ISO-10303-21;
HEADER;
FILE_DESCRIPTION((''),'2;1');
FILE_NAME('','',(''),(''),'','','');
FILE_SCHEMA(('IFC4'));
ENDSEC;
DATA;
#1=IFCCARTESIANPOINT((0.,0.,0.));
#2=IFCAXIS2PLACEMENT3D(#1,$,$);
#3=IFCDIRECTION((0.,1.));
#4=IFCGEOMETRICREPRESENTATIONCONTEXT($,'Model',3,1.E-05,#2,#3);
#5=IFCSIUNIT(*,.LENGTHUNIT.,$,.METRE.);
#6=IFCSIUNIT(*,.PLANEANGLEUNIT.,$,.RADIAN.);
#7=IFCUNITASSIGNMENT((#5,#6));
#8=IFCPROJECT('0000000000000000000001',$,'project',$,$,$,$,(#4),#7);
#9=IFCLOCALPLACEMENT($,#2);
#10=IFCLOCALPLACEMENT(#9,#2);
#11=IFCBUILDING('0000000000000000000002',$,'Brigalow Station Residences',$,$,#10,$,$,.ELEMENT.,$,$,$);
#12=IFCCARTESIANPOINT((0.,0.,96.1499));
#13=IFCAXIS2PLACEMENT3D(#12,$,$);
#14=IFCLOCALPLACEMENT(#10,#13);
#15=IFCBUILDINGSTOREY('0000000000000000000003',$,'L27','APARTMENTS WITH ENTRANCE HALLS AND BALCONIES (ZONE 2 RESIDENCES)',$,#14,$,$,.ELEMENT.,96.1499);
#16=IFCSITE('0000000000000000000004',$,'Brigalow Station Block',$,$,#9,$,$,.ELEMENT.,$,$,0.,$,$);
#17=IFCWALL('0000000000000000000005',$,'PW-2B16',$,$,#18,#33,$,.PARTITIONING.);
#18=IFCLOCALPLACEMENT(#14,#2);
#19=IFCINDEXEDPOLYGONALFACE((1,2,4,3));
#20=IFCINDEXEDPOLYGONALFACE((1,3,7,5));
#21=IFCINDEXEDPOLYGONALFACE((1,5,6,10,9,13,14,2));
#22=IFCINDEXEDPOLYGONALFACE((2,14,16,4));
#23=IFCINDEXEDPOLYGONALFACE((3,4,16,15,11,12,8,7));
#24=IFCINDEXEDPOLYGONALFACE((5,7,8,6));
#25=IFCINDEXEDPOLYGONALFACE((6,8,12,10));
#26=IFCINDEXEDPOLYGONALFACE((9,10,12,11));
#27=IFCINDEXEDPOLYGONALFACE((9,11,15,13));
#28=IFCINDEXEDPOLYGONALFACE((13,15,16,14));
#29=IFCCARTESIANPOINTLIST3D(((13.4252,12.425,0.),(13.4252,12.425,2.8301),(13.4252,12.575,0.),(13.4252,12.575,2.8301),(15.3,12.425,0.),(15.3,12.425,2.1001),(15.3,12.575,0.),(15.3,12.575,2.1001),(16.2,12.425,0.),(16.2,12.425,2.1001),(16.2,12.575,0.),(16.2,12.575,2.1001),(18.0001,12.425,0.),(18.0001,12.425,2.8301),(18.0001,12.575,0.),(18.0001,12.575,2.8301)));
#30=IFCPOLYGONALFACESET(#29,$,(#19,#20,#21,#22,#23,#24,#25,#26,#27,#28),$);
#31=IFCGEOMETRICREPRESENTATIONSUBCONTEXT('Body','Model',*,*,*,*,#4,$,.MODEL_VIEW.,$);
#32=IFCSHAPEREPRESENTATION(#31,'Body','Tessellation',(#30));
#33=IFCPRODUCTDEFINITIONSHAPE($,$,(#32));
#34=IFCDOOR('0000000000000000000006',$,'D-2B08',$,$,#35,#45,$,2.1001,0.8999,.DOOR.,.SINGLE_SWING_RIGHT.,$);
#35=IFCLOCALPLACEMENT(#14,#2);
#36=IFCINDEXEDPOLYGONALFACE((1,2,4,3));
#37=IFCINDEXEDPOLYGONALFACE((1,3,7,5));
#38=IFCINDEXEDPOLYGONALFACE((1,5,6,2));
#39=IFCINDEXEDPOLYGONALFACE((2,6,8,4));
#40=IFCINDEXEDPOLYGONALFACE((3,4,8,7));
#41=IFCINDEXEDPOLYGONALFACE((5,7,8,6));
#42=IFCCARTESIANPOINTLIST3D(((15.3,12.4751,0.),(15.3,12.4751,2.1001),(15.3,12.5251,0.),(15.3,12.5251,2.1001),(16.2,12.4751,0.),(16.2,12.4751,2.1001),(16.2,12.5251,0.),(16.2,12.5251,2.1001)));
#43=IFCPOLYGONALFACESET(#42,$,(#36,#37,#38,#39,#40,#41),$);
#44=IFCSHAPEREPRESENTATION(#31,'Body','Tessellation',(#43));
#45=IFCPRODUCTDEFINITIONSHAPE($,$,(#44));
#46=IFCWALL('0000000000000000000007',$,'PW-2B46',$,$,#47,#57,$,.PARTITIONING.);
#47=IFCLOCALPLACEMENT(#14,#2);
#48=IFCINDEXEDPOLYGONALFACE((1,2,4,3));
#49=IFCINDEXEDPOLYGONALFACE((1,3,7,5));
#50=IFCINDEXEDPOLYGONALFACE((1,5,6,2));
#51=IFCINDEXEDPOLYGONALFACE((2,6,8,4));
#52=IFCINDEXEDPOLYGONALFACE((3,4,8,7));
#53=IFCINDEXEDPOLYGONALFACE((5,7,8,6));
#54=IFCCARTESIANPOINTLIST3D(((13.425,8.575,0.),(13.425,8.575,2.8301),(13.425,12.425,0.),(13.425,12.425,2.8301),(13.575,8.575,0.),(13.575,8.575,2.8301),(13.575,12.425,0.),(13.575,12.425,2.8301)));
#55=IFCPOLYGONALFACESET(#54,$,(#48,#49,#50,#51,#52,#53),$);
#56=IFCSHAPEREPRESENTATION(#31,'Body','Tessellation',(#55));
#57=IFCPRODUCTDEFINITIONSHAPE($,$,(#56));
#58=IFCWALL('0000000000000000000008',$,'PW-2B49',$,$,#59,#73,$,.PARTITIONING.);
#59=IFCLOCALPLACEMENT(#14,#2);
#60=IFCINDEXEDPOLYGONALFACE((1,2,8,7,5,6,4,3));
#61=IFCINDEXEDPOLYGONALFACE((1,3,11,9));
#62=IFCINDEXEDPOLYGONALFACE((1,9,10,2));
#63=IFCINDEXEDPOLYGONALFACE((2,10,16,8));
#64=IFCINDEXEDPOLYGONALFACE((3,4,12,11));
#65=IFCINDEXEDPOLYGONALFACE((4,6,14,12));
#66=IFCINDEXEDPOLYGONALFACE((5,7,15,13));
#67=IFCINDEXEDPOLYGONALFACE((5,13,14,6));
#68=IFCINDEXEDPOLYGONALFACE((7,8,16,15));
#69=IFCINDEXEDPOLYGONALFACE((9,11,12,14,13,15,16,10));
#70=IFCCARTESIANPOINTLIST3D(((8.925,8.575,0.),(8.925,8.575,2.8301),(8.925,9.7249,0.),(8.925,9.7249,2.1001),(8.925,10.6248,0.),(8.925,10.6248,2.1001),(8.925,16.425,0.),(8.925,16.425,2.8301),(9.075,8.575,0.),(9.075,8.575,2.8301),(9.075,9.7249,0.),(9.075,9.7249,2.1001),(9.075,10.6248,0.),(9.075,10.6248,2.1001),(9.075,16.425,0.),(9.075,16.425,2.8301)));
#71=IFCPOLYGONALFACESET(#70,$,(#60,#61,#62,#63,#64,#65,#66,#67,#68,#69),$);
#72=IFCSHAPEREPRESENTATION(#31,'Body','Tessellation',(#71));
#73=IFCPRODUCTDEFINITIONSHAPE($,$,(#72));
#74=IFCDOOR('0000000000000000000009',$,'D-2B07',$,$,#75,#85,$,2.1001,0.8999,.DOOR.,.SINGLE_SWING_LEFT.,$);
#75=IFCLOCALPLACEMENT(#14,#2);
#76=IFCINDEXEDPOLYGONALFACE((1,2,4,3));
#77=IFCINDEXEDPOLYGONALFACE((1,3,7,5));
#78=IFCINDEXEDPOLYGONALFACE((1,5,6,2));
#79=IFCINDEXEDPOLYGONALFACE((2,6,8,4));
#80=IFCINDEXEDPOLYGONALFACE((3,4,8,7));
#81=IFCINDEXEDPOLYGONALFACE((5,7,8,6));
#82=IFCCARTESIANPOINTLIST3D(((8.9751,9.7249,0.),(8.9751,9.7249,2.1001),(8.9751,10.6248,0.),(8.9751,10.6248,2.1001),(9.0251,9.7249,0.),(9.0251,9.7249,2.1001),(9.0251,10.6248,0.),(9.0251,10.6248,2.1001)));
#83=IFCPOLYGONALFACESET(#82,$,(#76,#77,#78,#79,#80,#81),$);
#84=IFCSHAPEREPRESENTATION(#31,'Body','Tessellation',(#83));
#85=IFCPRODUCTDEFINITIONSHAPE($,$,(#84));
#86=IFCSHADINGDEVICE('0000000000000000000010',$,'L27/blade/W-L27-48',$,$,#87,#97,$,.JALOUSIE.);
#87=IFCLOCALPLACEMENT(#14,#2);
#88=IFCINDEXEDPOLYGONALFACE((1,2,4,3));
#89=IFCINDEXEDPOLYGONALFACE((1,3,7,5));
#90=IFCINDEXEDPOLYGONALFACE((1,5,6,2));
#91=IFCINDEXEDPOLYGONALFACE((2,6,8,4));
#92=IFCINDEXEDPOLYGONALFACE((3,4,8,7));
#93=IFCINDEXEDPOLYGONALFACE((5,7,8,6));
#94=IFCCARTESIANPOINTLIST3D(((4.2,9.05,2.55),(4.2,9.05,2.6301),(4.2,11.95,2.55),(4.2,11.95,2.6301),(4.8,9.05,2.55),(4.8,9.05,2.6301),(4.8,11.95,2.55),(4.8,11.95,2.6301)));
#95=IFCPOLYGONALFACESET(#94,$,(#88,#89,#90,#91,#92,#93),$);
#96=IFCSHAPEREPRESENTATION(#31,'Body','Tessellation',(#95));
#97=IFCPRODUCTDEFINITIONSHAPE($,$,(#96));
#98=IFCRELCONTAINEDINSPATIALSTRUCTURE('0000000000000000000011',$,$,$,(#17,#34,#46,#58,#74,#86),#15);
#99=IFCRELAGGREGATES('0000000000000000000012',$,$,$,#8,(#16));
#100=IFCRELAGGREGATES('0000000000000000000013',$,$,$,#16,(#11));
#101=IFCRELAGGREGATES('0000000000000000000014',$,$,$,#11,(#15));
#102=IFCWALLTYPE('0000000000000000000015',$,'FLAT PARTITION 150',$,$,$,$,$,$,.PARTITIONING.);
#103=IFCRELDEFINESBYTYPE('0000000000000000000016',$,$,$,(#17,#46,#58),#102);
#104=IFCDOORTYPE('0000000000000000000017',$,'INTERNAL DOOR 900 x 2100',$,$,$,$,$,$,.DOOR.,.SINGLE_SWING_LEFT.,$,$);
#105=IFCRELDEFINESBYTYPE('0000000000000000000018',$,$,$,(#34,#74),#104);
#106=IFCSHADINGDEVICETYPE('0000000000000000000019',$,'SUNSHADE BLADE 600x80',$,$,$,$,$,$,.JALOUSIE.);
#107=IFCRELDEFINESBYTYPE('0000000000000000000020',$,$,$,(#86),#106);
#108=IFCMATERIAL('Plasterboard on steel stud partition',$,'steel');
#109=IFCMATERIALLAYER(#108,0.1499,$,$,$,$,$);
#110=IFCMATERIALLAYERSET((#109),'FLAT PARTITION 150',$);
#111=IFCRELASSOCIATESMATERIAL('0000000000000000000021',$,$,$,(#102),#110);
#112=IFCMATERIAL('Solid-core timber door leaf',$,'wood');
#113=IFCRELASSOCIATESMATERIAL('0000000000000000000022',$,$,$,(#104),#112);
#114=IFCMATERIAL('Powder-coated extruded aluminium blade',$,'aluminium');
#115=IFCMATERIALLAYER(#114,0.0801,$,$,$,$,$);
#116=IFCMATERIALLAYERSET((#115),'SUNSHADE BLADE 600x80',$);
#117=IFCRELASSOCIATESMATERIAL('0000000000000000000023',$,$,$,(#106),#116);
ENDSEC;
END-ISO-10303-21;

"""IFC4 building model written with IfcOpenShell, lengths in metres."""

from ifc_helpers import new_model, si_unit, direction, frame, frame_2d, origin, origin_2d, place, context, subcontext, project, spatial, rectangle, extrude, material, layer, layer_set, type_object, element, fill, save


model = new_model("IFC4")

# Units and contexts
model_context = context("Model", 3, precision=1e-05, world=origin(), true_north=direction((0.0, 1.0)))
body_context = subcontext(model_context, "Body", "Model", "MODEL_VIEW")
ifc_project = project(units=[si_unit("LENGTHUNIT", "METRE"), si_unit("PLANEANGLEUNIT", "RADIAN")], contexts=[model_context])

# Site, building, storey
site_placement = place(None, origin())
site = spatial("IfcSite", under=ifc_project, at=site_placement, Name="Brigalow Station Block", CompositionType="ELEMENT", RefElevation=0.0)
building_placement = place(site_placement, origin())
building = spatial("IfcBuilding", under=site, at=building_placement, Name="Brigalow Station Residences", CompositionType="ELEMENT")
storey_placement = place(building_placement, frame((0.0, 0.0, 96.1499)))
storey = spatial("IfcBuildingStorey", under=building, at=storey_placement, Name="L27", Description="APARTMENTS WITH ENTRANCE HALLS AND BALCONIES (ZONE 2 RESIDENCES)", CompositionType="ELEMENT", Elevation=96.1499)

# Wall, opening, door
ifc_material_1 = material(Name="Plasterboard on steel stud partition", Category="steel")
ifc_layer_1 = layer(ifc_material_1, 0.1499)
ifc_layer_set_1 = layer_set([ifc_layer_1], Name="FLAT PARTITION 150")
wall_type_1 = type_object("IfcWallType", Name="FLAT PARTITION 150", PredefinedType="PARTITIONING", material=ifc_layer_set_1)
ifc_material_2 = material(Name="Solid-core timber door leaf", Category="wood")
door_type = type_object("IfcDoorType", Name="INTERNAL DOOR 900 x 2100", OperationType="SINGLE_SWING_LEFT", PredefinedType="DOOR", material=ifc_material_2)
wall_1_placement = place(storey_placement, frame((13.425, 12.5, 0.0), z_axis=(0.0, 0.0, 1.0), x_axis=(1.0, 0.0, 0.0)))
wall_1 = element("IfcWall", 1, at=wall_1_placement, inside=storey, type_object=wall_type_1, Name="PW-2B16", PredefinedType="PARTITIONING", context=body_context, shape_type="SweptSolid", body=[
    extrude(rectangle(XDim=4.575, YDim=0.1499, at=frame_2d((2.2876, 0.0))), origin(), (0.0, 0.0, 1.0), 2.8301),
])
opening_1_placement = place(wall_1_placement, frame((1.875, 0.0, 0.0)))
opening_1 = element("IfcOpeningElement", 2, at=opening_1_placement, cuts=wall_1, PredefinedType="OPENING", context=body_context, shape_type="SweptSolid", body=[
    extrude(rectangle(XDim=0.8999, YDim=2.1001, at=frame_2d((0.45, 1.05))), frame((0.0, 0.085, 0.0), z_axis=(0.0, -1.0, 0.0), x_axis=(1.0, 0.0, 0.0)), (0.0, 0.0, 1.0), 0.1699),
])
door_1_placement = place(opening_1_placement, frame((0.8999, 0.0, 0.0), z_axis=(0.0, 0.0, 1.0), x_axis=(-1.0, 0.0, 0.0)))
door_1 = element("IfcDoor", 3, at=door_1_placement, inside=storey, type_object=door_type, Name="D-2B08", OperationType="SINGLE_SWING_RIGHT", OverallHeight=2.1001, OverallWidth=0.8999, PredefinedType="DOOR", context=body_context, shape_type="SweptSolid", body=[
    extrude(rectangle(XDim=0.8999, YDim=2.1001, at=frame_2d((0.45, 1.05))), frame((0.0, 0.0249, 0.0), z_axis=(0.0, -1.0, 0.0), x_axis=(1.0, 0.0, 0.0)), (0.0, 0.0, 1.0), 0.05),
])
fill(opening_1, door_1)

# Wall
wall_2_placement = place(storey_placement, frame((13.5, 8.575, 0.0), z_axis=(0.0, 0.0, 1.0), x_axis=(0.0, 1.0, 0.0)))
element("IfcWall", 4, at=wall_2_placement, inside=storey, type_object=wall_type_1, Name="PW-2B46", PredefinedType="PARTITIONING", context=body_context, shape_type="SweptSolid", body=[
    extrude(rectangle(XDim=3.8501, YDim=0.1499, at=frame_2d((1.925, 0.0))), origin(), (0.0, 0.0, 1.0), 2.8301),
])

# Wall, opening, door
wall_3_placement = place(storey_placement, frame((9.0, 8.575, 0.0), z_axis=(0.0, 0.0, 1.0), x_axis=(0.0, 1.0, 0.0)))
wall_3 = element("IfcWall", 5, at=wall_3_placement, inside=storey, type_object=wall_type_1, Name="PW-2B49", PredefinedType="PARTITIONING", context=body_context, shape_type="SweptSolid", body=[
    extrude(rectangle(XDim=7.8501, YDim=0.1499, at=frame_2d((3.925, 0.0))), origin(), (0.0, 0.0, 1.0), 2.8301),
])
opening_2_placement = place(wall_3_placement, frame((1.1499, 0.0, 0.0)))
opening_2 = element("IfcOpeningElement", 6, at=opening_2_placement, cuts=wall_3, PredefinedType="OPENING", context=body_context, shape_type="SweptSolid", body=[
    extrude(rectangle(XDim=0.8999, YDim=2.1001, at=frame_2d((0.45, 1.05))), frame((0.0, 0.085, 0.0), z_axis=(0.0, -1.0, 0.0), x_axis=(1.0, 0.0, 0.0)), (0.0, 0.0, 1.0), 0.1699),
])
door_2_placement = place(opening_2_placement, origin())
door_2 = element("IfcDoor", 7, at=door_2_placement, inside=storey, type_object=door_type, Name="D-2B07", OperationType="SINGLE_SWING_LEFT", OverallHeight=2.1001, OverallWidth=0.8999, PredefinedType="DOOR", context=body_context, shape_type="SweptSolid", body=[
    extrude(rectangle(XDim=0.8999, YDim=2.1001, at=frame_2d((0.45, 1.05))), frame((0.0, 0.0249, 0.0), z_axis=(0.0, -1.0, 0.0), x_axis=(1.0, 0.0, 0.0)), (0.0, 0.0, 1.0), 0.05),
])
fill(opening_2, door_2)

# Shading device
ifc_material_3 = material(Name="Powder-coated extruded aluminium blade", Category="aluminium")
ifc_layer_2 = layer(ifc_material_3, 0.0801)
ifc_layer_set_2 = layer_set([ifc_layer_2], Name="SUNSHADE BLADE 600x80")
shading_device_type = type_object("IfcShadingDeviceType", Name="SUNSHADE BLADE 600x80", PredefinedType="JALOUSIE", material=ifc_layer_set_2)
shading_device_placement = place(storey_placement, frame((4.5, 10.5, 2.55), z_axis=(0.0, 0.0, 1.0), x_axis=(0.0, -1.0, 0.0)))
element("IfcShadingDevice", 8, at=shading_device_placement, inside=storey, type_object=shading_device_type, Name="L27/blade/W-L27-48", PredefinedType="JALOUSIE", context=body_context, shape_type="SweptSolid", body=[
    extrude(rectangle(XDim=2.8999, YDim=0.6001, at=origin_2d()), origin(), (0.0, 0.0, 1.0), 0.0801),
])

save(model, "model.ifc")
